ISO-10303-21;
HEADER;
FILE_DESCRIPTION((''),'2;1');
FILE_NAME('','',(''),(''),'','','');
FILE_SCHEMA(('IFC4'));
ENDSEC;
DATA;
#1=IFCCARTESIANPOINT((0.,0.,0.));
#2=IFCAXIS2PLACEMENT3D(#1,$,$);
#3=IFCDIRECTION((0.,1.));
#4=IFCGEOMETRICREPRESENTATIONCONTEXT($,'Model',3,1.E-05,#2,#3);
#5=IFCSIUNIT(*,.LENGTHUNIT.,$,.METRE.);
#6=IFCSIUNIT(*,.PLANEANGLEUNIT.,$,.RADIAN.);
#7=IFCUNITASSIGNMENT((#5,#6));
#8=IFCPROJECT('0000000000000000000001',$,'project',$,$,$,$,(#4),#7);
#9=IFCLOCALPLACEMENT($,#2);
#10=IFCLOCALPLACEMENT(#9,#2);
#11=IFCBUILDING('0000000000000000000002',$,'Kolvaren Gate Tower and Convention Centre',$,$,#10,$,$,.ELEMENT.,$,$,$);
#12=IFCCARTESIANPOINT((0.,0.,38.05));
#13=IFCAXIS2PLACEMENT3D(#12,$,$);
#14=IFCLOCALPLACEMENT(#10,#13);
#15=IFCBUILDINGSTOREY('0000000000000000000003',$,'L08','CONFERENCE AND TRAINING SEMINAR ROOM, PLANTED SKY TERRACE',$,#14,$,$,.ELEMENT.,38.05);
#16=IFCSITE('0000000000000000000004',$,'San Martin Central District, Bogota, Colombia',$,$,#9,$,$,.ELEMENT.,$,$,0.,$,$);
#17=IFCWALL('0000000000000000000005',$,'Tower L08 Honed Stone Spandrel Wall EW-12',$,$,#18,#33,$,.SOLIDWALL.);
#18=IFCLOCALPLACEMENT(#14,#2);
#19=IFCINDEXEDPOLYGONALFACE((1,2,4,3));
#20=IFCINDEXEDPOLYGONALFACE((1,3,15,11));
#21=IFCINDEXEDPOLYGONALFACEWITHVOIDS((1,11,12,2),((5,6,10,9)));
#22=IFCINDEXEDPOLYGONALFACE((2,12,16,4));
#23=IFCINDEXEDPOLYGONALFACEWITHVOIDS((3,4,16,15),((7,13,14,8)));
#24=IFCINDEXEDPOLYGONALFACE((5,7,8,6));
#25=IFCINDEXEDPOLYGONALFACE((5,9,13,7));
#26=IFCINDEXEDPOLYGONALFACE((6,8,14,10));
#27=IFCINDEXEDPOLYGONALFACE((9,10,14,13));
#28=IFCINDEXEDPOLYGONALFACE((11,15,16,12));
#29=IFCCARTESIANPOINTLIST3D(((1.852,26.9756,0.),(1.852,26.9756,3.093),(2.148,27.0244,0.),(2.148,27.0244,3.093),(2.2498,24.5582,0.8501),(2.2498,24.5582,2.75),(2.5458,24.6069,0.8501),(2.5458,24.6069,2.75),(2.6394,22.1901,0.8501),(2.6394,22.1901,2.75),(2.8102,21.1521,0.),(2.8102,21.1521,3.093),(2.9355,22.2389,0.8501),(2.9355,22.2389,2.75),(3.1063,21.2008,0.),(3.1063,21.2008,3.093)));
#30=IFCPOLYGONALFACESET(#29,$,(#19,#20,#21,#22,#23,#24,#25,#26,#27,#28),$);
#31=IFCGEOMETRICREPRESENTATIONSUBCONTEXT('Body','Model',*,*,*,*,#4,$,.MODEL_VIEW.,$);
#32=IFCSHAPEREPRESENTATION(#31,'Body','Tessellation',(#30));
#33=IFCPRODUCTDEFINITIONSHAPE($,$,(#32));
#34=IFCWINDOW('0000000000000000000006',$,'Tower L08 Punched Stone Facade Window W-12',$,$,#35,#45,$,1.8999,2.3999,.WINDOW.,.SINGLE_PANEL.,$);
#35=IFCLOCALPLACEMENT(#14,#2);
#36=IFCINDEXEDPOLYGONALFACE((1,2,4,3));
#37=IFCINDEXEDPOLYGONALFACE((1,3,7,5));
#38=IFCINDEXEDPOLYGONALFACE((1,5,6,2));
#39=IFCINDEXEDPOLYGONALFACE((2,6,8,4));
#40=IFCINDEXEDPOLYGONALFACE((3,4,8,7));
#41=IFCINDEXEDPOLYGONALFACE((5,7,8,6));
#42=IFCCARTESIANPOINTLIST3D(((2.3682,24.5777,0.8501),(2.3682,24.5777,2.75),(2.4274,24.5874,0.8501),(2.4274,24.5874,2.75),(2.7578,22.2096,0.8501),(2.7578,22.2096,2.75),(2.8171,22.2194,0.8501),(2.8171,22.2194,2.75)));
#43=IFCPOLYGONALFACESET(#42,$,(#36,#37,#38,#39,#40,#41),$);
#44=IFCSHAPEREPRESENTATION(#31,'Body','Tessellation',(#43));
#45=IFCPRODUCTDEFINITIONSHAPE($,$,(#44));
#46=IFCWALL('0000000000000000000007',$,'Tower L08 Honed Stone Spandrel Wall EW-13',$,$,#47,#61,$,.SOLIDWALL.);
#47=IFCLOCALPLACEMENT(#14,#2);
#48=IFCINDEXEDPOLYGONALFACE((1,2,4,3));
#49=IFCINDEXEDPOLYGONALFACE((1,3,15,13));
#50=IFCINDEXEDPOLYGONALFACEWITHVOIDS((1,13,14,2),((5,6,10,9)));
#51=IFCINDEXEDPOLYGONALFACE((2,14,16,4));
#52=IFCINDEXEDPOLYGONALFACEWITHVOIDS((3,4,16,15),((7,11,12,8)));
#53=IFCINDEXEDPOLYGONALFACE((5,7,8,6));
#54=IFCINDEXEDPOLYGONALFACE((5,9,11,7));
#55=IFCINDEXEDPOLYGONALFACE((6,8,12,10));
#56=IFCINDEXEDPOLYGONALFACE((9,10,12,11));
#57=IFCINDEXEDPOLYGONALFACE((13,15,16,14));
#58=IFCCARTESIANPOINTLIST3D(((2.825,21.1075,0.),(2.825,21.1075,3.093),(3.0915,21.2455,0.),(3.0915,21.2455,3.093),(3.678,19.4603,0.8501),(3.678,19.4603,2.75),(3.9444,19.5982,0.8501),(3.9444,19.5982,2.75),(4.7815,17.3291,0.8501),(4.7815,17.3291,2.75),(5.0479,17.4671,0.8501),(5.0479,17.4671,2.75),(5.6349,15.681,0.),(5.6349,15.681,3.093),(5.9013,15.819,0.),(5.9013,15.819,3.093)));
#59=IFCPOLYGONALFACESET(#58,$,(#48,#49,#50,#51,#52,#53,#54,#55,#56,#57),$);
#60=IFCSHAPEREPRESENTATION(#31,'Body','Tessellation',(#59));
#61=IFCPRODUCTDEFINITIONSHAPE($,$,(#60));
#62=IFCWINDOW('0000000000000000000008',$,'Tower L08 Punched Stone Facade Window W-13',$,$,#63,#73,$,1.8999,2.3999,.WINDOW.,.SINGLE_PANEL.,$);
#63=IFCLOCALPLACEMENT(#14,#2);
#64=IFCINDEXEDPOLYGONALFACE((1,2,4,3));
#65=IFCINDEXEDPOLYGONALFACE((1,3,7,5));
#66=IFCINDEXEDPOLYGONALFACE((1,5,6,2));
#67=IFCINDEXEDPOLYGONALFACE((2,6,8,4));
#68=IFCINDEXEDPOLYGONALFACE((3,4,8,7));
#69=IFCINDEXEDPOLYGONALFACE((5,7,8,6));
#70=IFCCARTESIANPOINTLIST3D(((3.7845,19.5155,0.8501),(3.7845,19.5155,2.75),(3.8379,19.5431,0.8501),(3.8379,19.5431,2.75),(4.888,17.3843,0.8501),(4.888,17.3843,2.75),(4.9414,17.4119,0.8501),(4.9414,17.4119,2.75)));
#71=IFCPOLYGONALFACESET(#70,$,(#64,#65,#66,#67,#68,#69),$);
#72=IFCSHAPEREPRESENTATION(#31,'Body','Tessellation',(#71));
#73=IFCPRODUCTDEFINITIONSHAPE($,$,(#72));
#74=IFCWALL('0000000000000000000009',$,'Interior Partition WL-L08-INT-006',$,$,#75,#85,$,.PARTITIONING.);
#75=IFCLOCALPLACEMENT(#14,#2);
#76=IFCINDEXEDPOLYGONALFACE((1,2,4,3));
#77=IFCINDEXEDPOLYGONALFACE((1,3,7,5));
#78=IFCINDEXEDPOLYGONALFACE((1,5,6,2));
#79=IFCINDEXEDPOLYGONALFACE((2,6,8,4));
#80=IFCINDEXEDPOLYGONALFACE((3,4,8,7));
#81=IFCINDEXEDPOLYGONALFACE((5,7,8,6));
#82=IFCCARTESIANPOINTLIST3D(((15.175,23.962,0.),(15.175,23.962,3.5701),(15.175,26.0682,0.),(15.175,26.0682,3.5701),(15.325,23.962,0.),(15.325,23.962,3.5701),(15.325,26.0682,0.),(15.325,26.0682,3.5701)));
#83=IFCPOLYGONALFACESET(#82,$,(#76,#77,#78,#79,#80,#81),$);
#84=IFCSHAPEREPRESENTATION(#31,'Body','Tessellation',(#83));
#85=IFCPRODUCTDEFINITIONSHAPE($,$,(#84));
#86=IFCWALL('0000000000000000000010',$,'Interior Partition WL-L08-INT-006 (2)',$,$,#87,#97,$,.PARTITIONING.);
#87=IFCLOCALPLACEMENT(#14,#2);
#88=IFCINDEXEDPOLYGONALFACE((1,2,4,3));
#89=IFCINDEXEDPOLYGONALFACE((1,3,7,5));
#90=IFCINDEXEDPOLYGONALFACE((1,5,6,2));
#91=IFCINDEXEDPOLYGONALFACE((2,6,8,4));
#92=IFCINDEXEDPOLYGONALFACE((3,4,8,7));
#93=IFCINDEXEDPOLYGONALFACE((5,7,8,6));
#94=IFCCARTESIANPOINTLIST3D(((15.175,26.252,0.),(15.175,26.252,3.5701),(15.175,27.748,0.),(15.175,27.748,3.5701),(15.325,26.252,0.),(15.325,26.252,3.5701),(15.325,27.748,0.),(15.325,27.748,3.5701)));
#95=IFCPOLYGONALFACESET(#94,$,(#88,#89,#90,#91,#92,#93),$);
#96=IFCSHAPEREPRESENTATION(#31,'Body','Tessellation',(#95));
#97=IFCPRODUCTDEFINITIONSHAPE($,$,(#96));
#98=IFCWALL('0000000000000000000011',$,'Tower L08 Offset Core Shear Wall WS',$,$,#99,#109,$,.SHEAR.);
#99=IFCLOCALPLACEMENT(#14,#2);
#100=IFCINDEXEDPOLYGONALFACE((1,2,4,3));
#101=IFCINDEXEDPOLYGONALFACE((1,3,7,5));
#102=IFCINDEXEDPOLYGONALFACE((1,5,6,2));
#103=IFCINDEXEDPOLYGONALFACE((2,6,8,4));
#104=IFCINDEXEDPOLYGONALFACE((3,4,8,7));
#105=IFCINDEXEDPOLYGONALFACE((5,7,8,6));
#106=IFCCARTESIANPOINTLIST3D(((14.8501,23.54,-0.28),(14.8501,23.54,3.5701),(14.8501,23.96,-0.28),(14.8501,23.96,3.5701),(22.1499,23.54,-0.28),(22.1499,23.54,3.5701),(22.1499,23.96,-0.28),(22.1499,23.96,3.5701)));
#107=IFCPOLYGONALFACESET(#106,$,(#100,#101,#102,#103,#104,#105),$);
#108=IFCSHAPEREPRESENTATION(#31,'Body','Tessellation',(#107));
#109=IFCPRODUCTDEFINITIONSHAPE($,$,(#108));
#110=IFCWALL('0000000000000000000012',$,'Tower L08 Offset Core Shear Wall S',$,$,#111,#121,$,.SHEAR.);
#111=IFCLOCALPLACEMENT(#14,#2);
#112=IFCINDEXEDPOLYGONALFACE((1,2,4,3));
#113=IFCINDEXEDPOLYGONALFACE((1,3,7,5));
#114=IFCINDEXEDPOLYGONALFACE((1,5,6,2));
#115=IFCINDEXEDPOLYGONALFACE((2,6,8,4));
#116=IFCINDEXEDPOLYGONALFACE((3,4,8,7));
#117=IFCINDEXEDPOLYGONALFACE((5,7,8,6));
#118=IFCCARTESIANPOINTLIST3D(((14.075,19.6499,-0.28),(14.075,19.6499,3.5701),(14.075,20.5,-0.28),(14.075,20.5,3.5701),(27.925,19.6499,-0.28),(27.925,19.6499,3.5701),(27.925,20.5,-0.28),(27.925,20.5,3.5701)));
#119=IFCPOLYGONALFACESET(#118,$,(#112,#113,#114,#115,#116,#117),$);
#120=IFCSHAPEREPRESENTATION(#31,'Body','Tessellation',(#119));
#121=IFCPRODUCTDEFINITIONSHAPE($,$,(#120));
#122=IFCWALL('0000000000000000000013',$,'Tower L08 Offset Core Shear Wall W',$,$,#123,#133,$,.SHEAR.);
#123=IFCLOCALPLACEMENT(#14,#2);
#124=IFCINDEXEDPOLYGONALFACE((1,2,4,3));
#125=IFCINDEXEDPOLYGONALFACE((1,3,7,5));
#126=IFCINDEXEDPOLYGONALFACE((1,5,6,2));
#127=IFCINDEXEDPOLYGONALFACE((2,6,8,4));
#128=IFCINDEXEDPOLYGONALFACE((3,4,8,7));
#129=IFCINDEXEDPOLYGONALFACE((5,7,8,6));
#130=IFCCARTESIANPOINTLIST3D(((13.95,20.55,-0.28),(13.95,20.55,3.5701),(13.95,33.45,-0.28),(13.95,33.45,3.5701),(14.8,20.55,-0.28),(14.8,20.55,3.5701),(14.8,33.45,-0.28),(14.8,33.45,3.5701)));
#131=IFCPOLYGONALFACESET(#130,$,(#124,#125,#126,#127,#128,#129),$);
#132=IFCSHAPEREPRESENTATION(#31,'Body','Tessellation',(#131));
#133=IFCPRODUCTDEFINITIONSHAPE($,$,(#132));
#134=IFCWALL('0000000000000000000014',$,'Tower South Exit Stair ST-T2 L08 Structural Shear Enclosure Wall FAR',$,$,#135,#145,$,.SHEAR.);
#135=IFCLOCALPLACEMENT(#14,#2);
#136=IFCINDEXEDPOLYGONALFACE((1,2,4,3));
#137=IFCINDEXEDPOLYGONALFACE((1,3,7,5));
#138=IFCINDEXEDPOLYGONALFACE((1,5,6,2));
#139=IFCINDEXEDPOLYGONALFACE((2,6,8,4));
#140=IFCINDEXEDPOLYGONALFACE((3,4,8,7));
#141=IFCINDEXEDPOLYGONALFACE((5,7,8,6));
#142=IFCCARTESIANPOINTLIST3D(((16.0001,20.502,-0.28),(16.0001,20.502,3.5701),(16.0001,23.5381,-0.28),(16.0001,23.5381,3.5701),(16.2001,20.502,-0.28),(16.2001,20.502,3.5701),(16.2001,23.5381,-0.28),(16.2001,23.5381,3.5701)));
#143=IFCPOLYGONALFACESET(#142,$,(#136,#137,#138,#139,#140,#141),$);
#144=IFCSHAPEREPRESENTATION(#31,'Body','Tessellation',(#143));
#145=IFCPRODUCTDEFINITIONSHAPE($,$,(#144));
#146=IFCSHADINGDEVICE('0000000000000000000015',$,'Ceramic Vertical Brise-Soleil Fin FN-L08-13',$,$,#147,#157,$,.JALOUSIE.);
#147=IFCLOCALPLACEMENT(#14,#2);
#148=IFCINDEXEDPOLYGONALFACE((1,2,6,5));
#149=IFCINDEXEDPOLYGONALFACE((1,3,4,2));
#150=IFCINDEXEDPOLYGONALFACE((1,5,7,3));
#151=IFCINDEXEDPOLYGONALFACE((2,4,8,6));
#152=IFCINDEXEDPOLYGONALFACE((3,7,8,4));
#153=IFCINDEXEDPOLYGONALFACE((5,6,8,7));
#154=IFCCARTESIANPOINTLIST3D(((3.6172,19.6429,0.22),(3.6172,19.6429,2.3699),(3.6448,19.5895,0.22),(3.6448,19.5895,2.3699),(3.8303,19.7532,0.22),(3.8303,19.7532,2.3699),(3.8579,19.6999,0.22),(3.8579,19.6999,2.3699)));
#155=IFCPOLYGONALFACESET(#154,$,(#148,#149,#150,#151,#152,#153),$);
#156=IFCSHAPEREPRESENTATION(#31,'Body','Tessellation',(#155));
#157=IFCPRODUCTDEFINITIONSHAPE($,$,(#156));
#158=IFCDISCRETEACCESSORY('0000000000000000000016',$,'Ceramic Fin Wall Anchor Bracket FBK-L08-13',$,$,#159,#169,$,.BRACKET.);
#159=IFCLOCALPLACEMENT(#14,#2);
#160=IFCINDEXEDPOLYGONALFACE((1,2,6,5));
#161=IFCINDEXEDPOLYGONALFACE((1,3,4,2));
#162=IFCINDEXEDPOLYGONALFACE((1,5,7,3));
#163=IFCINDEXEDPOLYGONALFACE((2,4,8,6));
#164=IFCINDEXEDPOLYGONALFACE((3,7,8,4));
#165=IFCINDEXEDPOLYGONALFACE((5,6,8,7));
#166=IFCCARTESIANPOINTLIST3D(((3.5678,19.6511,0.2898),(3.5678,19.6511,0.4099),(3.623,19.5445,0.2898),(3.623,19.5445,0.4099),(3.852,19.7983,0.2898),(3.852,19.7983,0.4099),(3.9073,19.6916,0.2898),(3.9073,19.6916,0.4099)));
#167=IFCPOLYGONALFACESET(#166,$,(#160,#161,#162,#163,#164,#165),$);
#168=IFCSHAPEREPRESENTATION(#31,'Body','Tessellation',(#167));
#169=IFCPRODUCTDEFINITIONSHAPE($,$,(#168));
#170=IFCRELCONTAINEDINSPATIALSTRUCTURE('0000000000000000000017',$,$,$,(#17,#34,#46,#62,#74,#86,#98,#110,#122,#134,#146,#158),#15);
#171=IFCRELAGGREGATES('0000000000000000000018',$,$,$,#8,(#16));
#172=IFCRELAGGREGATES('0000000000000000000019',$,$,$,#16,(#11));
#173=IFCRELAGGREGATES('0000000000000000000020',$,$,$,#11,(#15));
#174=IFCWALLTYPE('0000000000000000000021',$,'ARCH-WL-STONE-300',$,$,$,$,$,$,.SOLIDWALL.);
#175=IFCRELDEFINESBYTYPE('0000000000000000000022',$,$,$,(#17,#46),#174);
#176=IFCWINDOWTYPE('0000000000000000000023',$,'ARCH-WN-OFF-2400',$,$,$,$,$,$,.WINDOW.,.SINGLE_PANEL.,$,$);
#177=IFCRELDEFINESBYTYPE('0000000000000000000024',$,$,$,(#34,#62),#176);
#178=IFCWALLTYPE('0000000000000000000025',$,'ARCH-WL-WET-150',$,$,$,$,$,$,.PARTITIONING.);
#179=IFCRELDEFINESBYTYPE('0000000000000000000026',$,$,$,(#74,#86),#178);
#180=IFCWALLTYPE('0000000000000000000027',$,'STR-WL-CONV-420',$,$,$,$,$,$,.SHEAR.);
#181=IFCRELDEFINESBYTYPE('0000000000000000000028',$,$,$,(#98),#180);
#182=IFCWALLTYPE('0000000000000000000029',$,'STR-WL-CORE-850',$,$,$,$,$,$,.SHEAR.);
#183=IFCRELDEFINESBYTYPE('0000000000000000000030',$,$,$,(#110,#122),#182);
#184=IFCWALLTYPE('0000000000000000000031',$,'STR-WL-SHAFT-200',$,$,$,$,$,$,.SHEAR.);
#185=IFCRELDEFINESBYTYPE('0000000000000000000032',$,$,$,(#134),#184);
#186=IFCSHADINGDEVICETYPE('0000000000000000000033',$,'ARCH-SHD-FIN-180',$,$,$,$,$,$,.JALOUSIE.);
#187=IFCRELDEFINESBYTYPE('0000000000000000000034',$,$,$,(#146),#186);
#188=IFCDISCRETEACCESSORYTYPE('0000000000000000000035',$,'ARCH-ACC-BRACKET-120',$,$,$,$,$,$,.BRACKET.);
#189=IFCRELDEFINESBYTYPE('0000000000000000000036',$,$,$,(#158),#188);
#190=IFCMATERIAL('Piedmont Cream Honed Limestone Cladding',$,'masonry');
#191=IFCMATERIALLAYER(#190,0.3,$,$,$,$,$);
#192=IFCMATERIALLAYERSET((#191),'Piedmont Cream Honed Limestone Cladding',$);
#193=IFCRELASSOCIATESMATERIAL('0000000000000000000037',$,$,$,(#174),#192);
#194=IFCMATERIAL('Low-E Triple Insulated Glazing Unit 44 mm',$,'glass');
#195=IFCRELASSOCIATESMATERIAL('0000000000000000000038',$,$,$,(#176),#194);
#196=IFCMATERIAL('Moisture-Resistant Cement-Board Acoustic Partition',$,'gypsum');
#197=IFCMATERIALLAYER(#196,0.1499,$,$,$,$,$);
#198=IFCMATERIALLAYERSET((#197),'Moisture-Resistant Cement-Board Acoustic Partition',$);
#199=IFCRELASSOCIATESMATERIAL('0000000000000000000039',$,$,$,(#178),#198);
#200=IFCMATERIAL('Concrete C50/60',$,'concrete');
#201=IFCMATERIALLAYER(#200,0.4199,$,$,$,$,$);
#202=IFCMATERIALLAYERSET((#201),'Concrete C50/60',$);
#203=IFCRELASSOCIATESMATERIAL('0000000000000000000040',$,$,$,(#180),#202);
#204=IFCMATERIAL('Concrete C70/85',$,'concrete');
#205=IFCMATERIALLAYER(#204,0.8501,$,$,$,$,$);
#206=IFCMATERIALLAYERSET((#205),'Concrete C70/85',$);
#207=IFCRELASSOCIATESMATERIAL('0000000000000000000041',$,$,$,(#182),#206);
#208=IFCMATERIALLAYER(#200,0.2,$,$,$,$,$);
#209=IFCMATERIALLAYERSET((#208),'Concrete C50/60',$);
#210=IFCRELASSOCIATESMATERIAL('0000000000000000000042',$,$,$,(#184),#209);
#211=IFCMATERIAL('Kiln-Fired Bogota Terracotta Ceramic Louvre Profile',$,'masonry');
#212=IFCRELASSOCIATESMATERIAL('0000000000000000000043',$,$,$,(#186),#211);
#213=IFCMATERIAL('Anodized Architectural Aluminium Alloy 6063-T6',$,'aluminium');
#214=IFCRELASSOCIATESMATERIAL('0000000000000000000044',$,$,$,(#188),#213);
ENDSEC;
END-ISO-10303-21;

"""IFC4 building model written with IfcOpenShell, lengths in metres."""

from ifc_helpers import new_model, si_unit, direction, frame, frame_2d, origin, origin_2d, place, context, subcontext, project, spatial, rectangle, extrude, material, layer, layer_set, type_object, element, fill, save


model = new_model("IFC4")

# Units and contexts
model_context = context("Model", 3, precision=1e-05, world=origin(), true_north=direction((0.0, 1.0)))
body_context = subcontext(model_context, "Body", "Model", "MODEL_VIEW")
ifc_project = project(units=[si_unit("LENGTHUNIT", "METRE"), si_unit("PLANEANGLEUNIT", "RADIAN")], contexts=[model_context])

# Site, building, storey
site_placement = place(None, origin())
site = spatial("IfcSite", under=ifc_project, at=site_placement, Name="San Martin Central District, Bogota, Colombia", CompositionType="ELEMENT", RefElevation=0.0)
building_placement = place(site_placement, origin())
building = spatial("IfcBuilding", under=site, at=building_placement, Name="Kolvaren Gate Tower and Convention Centre", CompositionType="ELEMENT")
storey_placement = place(building_placement, frame((0.0, 0.0, 38.05)))
storey = spatial("IfcBuildingStorey", under=building, at=storey_placement, Name="L08", Description="CONFERENCE AND TRAINING SEMINAR ROOM, PLANTED SKY TERRACE", CompositionType="ELEMENT", Elevation=38.05)

# Shared definitions
ifc_material_1 = material(Name="Concrete C70/85", Category="concrete")

# Shared definitions
ifc_material_2 = material(Name="Piedmont Cream Honed Limestone Cladding", Category="masonry")

# Shared definitions
ifc_layer_1 = layer(ifc_material_2, 0.3)
ifc_layer_set_1 = layer_set([ifc_layer_1], Name="Piedmont Cream Honed Limestone Cladding")
wall_type_1 = type_object("IfcWallType", Name="ARCH-WL-STONE-300", PredefinedType="SOLIDWALL", material=ifc_layer_set_1)
ifc_material_3 = material(Name="Anodized Architectural Aluminium Alloy 6063-T6", Category="aluminium")

# Walls, openings, windows
wall_1_placement = place(storey_placement, frame((2.0, 27.0, 0.0), z_axis=(0.0, 0.0, 1.0), x_axis=(0.162366, -0.986731, 0.0)))
wall_1 = element("IfcWall", 1, at=wall_1_placement, inside=storey, type_object=wall_type_1, Name="Tower L08 Honed Stone Spandrel Wall EW-12", PredefinedType="SOLIDWALL", context=body_context, shape_type="SweptSolid", body=[
    extrude(rectangle(XDim=5.9019, YDim=0.3, at=frame_2d((2.9509, 0.0))), origin(), (0.0, 0.0, 1.0), 3.093),
])
opening_1_placement = place(wall_1_placement, frame((2.45, 0.0, 0.8501)))
opening_1 = element("IfcOpeningElement", 2, at=opening_1_placement, cuts=wall_1, PredefinedType="OPENING", context=body_context, shape_type="SweptSolid", body=[
    extrude(rectangle(XDim=2.3999, YDim=1.8999, at=frame_2d((1.2, 0.95))), frame((0.0, 0.1599, 0.0), z_axis=(0.0, -1.0, 0.0), x_axis=(1.0, 0.0, 0.0)), (0.0, 0.0, 1.0), 0.3201),
])
ifc_material_4 = material(Name="Low-E Triple Insulated Glazing Unit 44 mm", Category="glass")
window_type = type_object("IfcWindowType", Name="ARCH-WN-OFF-2400", PartitioningType="SINGLE_PANEL", PredefinedType="WINDOW", material=ifc_material_4)
window_1_placement = place(opening_1_placement, origin())
window_1 = element("IfcWindow", 3, at=window_1_placement, inside=storey, type_object=window_type, Name="Tower L08 Punched Stone Facade Window W-12", OverallHeight=1.8999, OverallWidth=2.3999, PartitioningType="SINGLE_PANEL", PredefinedType="WINDOW", context=body_context, shape_type="SweptSolid", body=[
    extrude(rectangle(XDim=2.3999, YDim=1.8999, at=frame_2d((1.2, 0.95))), frame((0.0, 0.03, 0.0), z_axis=(0.0, -1.0, 0.0), x_axis=(1.0, 0.0, 0.0)), (0.0, 0.0, 1.0), 0.0601),
])
fill(opening_1, window_1)
wall_2_placement = place(storey_placement, frame((2.9583, 21.1765, 0.0), z_axis=(0.0, 0.0, 1.0), x_axis=(0.45981, -0.888017, 0.0)))
wall_2 = element("IfcWall", 4, at=wall_2_placement, inside=storey, type_object=wall_type_1, Name="Tower L08 Honed Stone Spandrel Wall EW-13", PredefinedType="SOLIDWALL", context=body_context, shape_type="SweptSolid", body=[
    extrude(rectangle(XDim=6.1108, YDim=0.3, at=frame_2d((3.0554, 0.0))), origin(), (0.0, 0.0, 1.0), 3.093),
])
opening_2_placement = place(wall_2_placement, frame((1.855, 0.0, 0.8501)))
opening_2 = element("IfcOpeningElement", 5, at=opening_2_placement, cuts=wall_2, PredefinedType="OPENING", context=body_context, shape_type="SweptSolid", body=[
    extrude(rectangle(XDim=2.3999, YDim=1.8999, at=frame_2d((1.2, 0.95))), frame((0.0, 0.1599, 0.0), z_axis=(0.0, -1.0, 0.0), x_axis=(1.0, 0.0, 0.0)), (0.0, 0.0, 1.0), 0.3201),
])
window_2_placement = place(opening_2_placement, origin())
window_2 = element("IfcWindow", 6, at=window_2_placement, inside=storey, type_object=window_type, Name="Tower L08 Punched Stone Facade Window W-13", OverallHeight=1.8999, OverallWidth=2.3999, PartitioningType="SINGLE_PANEL", PredefinedType="WINDOW", context=body_context, shape_type="SweptSolid", body=[
    extrude(rectangle(XDim=2.3999, YDim=1.8999, at=frame_2d((1.2, 0.95))), frame((0.0, 0.03, 0.0), z_axis=(0.0, -1.0, 0.0), x_axis=(1.0, 0.0, 0.0)), (0.0, 0.0, 1.0), 0.0601),
])
fill(opening_2, window_2)

# Walls
ifc_material_5 = material(Name="Moisture-Resistant Cement-Board Acoustic Partition", Category="gypsum")
ifc_layer_2 = layer(ifc_material_5, 0.1499)
ifc_layer_set_2 = layer_set([ifc_layer_2], Name="Moisture-Resistant Cement-Board Acoustic Partition")
wall_type_2 = type_object("IfcWallType", Name="ARCH-WL-WET-150", PredefinedType="PARTITIONING", material=ifc_layer_set_2)
wall_3_placement = place(storey_placement, frame((15.25, 23.9619, 0.0), z_axis=(0.0, 0.0, 1.0), x_axis=(0.0, 1.0, 0.0)))
element("IfcWall", 7, at=wall_3_placement, inside=storey, type_object=wall_type_2, Name="Interior Partition WL-L08-INT-006", PredefinedType="PARTITIONING", context=body_context, shape_type="SweptSolid", body=[
    extrude(rectangle(XDim=2.1062, YDim=0.1499, at=frame_2d((1.0532, 0.0))), origin(), (0.0, 0.0, 1.0), 3.5701),
])
wall_4_placement = place(storey_placement, frame((15.25, 26.252, 0.0), z_axis=(0.0, 0.0, 1.0), x_axis=(0.0, 1.0, 0.0)))
element("IfcWall", 8, at=wall_4_placement, inside=storey, type_object=wall_type_2, Name="Interior Partition WL-L08-INT-006 (2)", PredefinedType="PARTITIONING", context=body_context, shape_type="SweptSolid", body=[
    extrude(rectangle(XDim=1.4961, YDim=0.1499, at=frame_2d((0.748, 0.0))), origin(), (0.0, 0.0, 1.0), 3.5701),
])
ifc_material_6 = material(Name="Concrete C50/60", Category="concrete")
ifc_layer_3 = layer(ifc_material_6, 0.4199)
ifc_layer_set_3 = layer_set([ifc_layer_3], Name="Concrete C50/60")
wall_type_3 = type_object("IfcWallType", Name="STR-WL-CONV-420", PredefinedType="SHEAR", material=ifc_layer_set_3)
wall_5_placement = place(storey_placement, frame((14.8501, 23.75, -0.28), z_axis=(0.0, 0.0, 1.0), x_axis=(1.0, 0.0, 0.0)))
element("IfcWall", 9, at=wall_5_placement, inside=storey, type_object=wall_type_3, Name="Tower L08 Offset Core Shear Wall WS", PredefinedType="SHEAR", context=body_context, shape_type="SweptSolid", body=[
    extrude(rectangle(XDim=7.2998, YDim=0.4199, at=frame_2d((3.6499, 0.0))), origin(), (0.0, 0.0, 1.0), 3.8501),
])
ifc_layer_4 = layer(ifc_material_1, 0.8501)
ifc_layer_set_4 = layer_set([ifc_layer_4], Name="Concrete C70/85")
wall_type_4 = type_object("IfcWallType", Name="STR-WL-CORE-850", PredefinedType="SHEAR", material=ifc_layer_set_4)
wall_6_placement = place(storey_placement, frame((14.075, 20.075, -0.28), z_axis=(0.0, 0.0, 1.0), x_axis=(1.0, 0.0, 0.0)))
element("IfcWall", 10, at=wall_6_placement, inside=storey, type_object=wall_type_4, Name="Tower L08 Offset Core Shear Wall S", PredefinedType="SHEAR", context=body_context, shape_type="SweptSolid", body=[
    extrude(rectangle(XDim=13.8501, YDim=0.8501, at=frame_2d((6.925, 0.0))), origin(), (0.0, 0.0, 1.0), 3.8501),
])
wall_7_placement = place(storey_placement, frame((14.375, 20.55, -0.28), z_axis=(0.0, 0.0, 1.0), x_axis=(0.0, 1.0, 0.0)))
element("IfcWall", 11, at=wall_7_placement, inside=storey, type_object=wall_type_4, Name="Tower L08 Offset Core Shear Wall W", PredefinedType="SHEAR", context=body_context, shape_type="SweptSolid", body=[
    extrude(rectangle(XDim=12.8999, YDim=0.8501, at=frame_2d((6.45, 0.0))), origin(), (0.0, 0.0, 1.0), 3.8501),
])
ifc_layer_5 = layer(ifc_material_6, 0.2)
ifc_layer_set_5 = layer_set([ifc_layer_5], Name="Concrete C50/60")
wall_type_5 = type_object("IfcWallType", Name="STR-WL-SHAFT-200", PredefinedType="SHEAR", material=ifc_layer_set_5)
wall_8_placement = place(storey_placement, frame((16.1001, 20.502, -0.28), z_axis=(0.0, 0.0, 1.0), x_axis=(0.0, 1.0, 0.0)))
element("IfcWall", 12, at=wall_8_placement, inside=storey, type_object=wall_type_5, Name="Tower South Exit Stair ST-T2 L08 Structural Shear Enclosure Wall FAR", PredefinedType="SHEAR", context=body_context, shape_type="SweptSolid", body=[
    extrude(rectangle(XDim=3.0361, YDim=0.2, at=frame_2d((1.5181, 0.0))), origin(), (0.0, 0.0, 1.0), 3.8501),
])

# Shading device
ifc_material_7 = material(Name="Kiln-Fired Bogota Terracotta Ceramic Louvre Profile", Category="masonry")
shading_device_type = type_object("IfcShadingDeviceType", Name="ARCH-SHD-FIN-180", PredefinedType="JALOUSIE", material=ifc_material_7)
shading_device_placement = place(storey_placement, frame((3.7375, 19.6714, 0.22), z_axis=(0.0, 0.0, 1.0), x_axis=(0.459789, -0.888028, 0.0)))
element("IfcShadingDevice", 13, at=shading_device_placement, inside=storey, type_object=shading_device_type, Name="Ceramic Vertical Brise-Soleil Fin FN-L08-13", PredefinedType="JALOUSIE", context=body_context, shape_type="SweptSolid", body=[
    extrude(rectangle(XDim=0.0601, YDim=0.24, at=origin_2d()), origin(), (0.0, 0.0, 1.0), 2.1499),
])

# Discrete accessory
discrete_accessory_type = type_object("IfcDiscreteAccessoryType", Name="ARCH-ACC-BRACKET-120", PredefinedType="BRACKET", material=ifc_material_3)
discrete_accessory_placement = place(storey_placement, frame((3.7375, 19.6714, 0.2898), z_axis=(0.0, 0.0, 1.0), x_axis=(0.459789, -0.888028, 0.0)))
element("IfcDiscreteAccessory", 14, at=discrete_accessory_placement, inside=storey, type_object=discrete_accessory_type, Name="Ceramic Fin Wall Anchor Bracket FBK-L08-13", PredefinedType="BRACKET", context=body_context, shape_type="SweptSolid", body=[
    extrude(rectangle(XDim=0.1201, YDim=0.3201, at=origin_2d()), origin(), (0.0, 0.0, 1.0), 0.1201),
])

save(model, "model.ifc")
